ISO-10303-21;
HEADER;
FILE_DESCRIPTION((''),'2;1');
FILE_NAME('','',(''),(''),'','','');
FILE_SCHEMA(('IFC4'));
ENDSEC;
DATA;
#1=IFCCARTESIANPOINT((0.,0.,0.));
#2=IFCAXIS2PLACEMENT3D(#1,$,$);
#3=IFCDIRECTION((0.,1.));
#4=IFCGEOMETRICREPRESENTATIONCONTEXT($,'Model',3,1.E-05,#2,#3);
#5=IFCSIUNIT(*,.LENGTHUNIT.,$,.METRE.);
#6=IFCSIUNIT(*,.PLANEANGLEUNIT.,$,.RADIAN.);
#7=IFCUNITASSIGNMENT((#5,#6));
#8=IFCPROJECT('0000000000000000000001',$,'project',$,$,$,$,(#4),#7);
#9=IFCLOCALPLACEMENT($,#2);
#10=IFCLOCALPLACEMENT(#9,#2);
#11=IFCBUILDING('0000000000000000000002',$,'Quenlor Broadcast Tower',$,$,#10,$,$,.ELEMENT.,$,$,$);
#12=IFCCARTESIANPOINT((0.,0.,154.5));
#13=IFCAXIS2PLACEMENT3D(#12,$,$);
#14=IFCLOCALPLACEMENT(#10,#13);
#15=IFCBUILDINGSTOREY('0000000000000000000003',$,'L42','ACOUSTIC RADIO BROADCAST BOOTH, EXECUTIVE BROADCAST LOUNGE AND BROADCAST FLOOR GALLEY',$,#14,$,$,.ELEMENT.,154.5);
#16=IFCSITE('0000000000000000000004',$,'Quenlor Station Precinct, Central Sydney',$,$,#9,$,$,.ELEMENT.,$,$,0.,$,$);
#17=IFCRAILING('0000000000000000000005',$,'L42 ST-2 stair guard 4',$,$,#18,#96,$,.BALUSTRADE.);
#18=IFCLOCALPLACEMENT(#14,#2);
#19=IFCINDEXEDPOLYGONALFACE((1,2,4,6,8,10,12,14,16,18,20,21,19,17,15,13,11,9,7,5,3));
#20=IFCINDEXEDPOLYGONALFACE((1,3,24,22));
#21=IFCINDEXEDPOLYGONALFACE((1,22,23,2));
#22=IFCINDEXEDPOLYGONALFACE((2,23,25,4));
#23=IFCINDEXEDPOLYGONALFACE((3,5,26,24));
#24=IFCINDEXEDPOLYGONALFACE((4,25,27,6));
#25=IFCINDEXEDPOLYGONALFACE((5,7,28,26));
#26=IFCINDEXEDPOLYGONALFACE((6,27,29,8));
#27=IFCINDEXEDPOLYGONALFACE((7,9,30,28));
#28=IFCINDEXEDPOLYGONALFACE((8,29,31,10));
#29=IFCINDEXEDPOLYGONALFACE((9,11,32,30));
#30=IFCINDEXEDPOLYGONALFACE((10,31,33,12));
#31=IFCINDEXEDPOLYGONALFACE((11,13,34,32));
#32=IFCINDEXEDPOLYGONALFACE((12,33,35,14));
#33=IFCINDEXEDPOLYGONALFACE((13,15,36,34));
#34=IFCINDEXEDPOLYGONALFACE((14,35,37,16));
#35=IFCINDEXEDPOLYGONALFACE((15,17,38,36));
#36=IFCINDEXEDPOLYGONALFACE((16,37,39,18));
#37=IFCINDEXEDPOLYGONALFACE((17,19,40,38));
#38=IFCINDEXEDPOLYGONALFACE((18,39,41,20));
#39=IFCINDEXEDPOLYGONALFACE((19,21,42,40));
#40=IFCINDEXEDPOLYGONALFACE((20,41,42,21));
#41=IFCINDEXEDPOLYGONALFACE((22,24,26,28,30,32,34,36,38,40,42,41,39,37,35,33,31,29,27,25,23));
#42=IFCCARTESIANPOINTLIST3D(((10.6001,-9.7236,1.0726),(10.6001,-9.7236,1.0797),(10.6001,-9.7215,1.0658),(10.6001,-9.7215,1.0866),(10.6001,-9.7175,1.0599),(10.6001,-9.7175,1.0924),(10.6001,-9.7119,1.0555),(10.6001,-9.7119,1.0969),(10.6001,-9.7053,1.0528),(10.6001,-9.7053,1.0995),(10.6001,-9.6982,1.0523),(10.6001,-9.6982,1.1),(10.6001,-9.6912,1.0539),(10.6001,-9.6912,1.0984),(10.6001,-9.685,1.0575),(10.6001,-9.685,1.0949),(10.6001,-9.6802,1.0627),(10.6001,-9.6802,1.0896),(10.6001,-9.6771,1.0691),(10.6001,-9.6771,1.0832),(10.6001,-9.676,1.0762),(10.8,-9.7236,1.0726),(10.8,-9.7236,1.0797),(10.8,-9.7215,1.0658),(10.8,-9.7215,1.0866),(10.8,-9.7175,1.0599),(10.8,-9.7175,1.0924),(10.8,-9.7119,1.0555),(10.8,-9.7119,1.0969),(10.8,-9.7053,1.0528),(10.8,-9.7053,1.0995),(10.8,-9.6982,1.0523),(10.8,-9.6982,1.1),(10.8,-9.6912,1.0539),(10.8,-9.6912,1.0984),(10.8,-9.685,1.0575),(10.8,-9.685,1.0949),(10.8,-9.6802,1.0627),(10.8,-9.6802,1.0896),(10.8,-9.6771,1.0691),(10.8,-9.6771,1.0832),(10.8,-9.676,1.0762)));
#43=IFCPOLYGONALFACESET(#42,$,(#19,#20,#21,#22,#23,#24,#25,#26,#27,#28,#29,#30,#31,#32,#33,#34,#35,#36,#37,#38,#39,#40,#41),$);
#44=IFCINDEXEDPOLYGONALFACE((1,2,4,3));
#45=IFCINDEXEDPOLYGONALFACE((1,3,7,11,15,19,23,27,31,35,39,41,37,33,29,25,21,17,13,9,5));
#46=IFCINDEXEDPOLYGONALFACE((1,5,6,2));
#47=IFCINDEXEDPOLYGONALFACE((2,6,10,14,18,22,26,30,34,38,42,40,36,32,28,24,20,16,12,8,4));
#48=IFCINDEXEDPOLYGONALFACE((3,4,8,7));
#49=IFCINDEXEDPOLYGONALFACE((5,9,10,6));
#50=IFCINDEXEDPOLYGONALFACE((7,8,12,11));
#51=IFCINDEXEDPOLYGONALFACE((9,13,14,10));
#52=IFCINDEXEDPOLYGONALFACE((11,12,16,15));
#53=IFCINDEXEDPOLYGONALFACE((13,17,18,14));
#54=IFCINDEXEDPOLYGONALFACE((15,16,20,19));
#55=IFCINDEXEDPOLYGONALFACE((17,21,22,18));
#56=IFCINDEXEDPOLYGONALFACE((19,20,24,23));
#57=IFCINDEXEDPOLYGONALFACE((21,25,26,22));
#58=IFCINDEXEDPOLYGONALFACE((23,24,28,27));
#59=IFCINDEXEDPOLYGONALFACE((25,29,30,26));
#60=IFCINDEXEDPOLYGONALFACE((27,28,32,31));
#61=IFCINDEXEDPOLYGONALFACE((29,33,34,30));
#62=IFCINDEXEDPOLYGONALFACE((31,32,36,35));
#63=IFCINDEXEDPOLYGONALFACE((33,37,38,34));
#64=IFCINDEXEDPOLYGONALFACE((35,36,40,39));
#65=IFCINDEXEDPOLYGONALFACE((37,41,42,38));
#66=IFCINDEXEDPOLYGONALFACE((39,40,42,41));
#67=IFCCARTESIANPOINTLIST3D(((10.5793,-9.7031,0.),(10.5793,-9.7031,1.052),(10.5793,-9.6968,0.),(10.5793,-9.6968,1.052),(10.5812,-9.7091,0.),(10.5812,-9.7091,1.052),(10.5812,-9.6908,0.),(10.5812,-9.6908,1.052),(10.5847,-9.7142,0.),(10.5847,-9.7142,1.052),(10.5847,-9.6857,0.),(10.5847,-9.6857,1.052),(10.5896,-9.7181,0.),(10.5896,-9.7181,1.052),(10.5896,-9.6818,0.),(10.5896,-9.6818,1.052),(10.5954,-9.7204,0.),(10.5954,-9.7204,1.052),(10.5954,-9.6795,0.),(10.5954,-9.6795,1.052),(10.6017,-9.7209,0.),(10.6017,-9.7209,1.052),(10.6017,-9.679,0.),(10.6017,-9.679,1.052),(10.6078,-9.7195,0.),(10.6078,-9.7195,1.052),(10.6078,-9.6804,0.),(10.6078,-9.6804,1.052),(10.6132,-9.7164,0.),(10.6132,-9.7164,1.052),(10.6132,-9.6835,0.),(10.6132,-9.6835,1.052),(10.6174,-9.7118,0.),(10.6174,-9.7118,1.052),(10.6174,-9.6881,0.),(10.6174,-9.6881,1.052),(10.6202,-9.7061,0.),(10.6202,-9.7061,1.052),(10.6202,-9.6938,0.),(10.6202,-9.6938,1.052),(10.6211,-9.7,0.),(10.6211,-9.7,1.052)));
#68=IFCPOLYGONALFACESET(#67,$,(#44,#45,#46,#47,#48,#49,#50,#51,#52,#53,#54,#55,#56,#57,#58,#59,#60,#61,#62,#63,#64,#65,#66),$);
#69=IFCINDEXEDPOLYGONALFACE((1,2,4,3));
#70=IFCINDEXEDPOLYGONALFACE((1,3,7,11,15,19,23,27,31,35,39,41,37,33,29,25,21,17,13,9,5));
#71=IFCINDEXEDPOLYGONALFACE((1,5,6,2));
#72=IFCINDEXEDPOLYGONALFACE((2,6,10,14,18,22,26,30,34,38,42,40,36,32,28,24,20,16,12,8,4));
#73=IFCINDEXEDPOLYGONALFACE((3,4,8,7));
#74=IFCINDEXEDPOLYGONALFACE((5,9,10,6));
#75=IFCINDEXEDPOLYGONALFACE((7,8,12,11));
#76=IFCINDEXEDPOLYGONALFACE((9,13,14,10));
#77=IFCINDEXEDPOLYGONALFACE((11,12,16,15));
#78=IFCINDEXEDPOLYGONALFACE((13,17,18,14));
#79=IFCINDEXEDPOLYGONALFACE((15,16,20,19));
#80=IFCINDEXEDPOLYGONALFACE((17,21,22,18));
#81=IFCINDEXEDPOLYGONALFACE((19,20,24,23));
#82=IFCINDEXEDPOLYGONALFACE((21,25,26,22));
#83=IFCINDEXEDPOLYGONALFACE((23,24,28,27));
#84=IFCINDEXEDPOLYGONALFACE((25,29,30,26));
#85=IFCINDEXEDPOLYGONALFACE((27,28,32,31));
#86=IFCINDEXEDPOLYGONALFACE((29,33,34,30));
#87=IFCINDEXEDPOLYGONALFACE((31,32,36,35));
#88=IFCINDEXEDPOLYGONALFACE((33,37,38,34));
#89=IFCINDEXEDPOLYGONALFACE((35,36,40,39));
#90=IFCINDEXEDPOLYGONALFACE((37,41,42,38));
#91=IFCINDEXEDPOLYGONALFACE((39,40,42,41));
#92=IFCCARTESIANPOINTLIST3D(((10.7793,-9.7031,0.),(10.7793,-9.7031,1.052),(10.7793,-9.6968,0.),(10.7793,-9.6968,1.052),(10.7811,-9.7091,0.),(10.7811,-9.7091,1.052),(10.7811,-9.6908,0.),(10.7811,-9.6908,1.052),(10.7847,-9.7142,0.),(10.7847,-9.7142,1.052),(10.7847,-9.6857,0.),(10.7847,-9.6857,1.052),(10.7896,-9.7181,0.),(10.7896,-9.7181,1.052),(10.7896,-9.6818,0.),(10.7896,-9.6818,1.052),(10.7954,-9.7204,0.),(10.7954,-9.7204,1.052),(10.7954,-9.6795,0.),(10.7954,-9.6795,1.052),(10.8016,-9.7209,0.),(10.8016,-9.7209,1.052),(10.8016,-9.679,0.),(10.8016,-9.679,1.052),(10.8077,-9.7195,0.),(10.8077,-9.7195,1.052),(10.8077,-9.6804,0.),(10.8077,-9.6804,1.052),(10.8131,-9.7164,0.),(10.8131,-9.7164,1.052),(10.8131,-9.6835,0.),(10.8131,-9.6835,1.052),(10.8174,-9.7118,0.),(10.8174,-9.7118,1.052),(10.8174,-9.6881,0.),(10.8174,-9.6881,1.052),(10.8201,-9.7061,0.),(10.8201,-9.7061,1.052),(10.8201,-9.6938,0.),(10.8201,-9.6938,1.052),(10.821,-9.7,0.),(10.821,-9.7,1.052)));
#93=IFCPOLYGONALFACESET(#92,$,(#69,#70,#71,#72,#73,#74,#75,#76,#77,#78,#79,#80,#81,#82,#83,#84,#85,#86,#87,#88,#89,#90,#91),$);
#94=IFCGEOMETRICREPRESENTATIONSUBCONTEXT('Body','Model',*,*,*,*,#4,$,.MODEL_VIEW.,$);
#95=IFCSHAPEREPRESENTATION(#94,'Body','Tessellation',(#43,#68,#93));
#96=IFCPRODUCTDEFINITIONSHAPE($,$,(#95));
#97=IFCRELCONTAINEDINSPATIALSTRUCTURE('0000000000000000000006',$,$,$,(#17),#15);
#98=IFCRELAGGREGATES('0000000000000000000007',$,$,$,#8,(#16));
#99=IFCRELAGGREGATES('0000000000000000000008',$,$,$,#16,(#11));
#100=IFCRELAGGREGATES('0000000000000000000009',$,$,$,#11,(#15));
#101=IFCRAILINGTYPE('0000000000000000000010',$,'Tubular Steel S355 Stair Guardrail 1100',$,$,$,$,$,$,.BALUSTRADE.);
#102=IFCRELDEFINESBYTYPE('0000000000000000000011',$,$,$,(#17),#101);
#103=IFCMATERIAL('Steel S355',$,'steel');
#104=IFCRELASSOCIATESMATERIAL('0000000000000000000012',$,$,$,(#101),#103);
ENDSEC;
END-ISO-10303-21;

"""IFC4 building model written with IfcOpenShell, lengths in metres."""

from ifc_helpers import new_model, si_unit, direction, frame, origin, origin_2d, place, context, subcontext, project, spatial, circle, extrude, material, type_object, element, save


model = new_model("IFC4")

# Units and contexts
model_context = context("Model", 3, precision=1e-05, world=origin(), true_north=direction((0.0, 1.0)))
body_context = subcontext(model_context, "Body", "Model", "MODEL_VIEW")
ifc_project = project(units=[si_unit("LENGTHUNIT", "METRE"), si_unit("PLANEANGLEUNIT", "RADIAN")], contexts=[model_context])

# Site, building, storey
site_placement = place(None, origin())
site = spatial("IfcSite", under=ifc_project, at=site_placement, Name="Quenlor Station Precinct, Central Sydney", CompositionType="ELEMENT", RefElevation=0.0)
building_placement = place(site_placement, origin())
building = spatial("IfcBuilding", under=site, at=building_placement, Name="Quenlor Broadcast Tower", CompositionType="ELEMENT")
storey_placement = place(building_placement, frame((0.0, 0.0, 154.5)))
storey = spatial("IfcBuildingStorey", under=building, at=storey_placement, Name="L42", Description="ACOUSTIC RADIO BROADCAST BOOTH, EXECUTIVE BROADCAST LOUNGE AND BROADCAST FLOOR GALLEY", CompositionType="ELEMENT", Elevation=154.5)

# Railing
ifc_material_1 = material(Name="Steel S355", Category="steel")
railing_type_1 = type_object("IfcRailingType", Name="Tubular Steel S355 Stair Guardrail 1100", PredefinedType="BALUSTRADE", material=ifc_material_1)
railing_1_placement = place(storey_placement, frame((10.6001, -9.7, 0.0)))
element("IfcRailing", 1, at=railing_1_placement, inside=storey, type_object=railing_type_1, Name="L42 ST-2 stair guard 4", PredefinedType="BALUSTRADE", context=body_context, shape_type="SweptSolid", body=[
    extrude(circle(Radius=0.0239, at=origin_2d()), frame((0.0, 0.0, 1.0762), z_axis=(1.0, 0.0, 0.0), x_axis=(0.0, 1.0, 0.0)), (0.0, 0.0, 1.0), 0.2),
    extrude(circle(Radius=0.021, at=origin_2d()), origin(), (0.0, 0.0, 1.0), 1.052),
    extrude(circle(Radius=0.021, at=origin_2d()), frame((0.2, 0.0, 0.0)), (0.0, 0.0, 1.0), 1.052),
])

save(model, "model.ifc")
